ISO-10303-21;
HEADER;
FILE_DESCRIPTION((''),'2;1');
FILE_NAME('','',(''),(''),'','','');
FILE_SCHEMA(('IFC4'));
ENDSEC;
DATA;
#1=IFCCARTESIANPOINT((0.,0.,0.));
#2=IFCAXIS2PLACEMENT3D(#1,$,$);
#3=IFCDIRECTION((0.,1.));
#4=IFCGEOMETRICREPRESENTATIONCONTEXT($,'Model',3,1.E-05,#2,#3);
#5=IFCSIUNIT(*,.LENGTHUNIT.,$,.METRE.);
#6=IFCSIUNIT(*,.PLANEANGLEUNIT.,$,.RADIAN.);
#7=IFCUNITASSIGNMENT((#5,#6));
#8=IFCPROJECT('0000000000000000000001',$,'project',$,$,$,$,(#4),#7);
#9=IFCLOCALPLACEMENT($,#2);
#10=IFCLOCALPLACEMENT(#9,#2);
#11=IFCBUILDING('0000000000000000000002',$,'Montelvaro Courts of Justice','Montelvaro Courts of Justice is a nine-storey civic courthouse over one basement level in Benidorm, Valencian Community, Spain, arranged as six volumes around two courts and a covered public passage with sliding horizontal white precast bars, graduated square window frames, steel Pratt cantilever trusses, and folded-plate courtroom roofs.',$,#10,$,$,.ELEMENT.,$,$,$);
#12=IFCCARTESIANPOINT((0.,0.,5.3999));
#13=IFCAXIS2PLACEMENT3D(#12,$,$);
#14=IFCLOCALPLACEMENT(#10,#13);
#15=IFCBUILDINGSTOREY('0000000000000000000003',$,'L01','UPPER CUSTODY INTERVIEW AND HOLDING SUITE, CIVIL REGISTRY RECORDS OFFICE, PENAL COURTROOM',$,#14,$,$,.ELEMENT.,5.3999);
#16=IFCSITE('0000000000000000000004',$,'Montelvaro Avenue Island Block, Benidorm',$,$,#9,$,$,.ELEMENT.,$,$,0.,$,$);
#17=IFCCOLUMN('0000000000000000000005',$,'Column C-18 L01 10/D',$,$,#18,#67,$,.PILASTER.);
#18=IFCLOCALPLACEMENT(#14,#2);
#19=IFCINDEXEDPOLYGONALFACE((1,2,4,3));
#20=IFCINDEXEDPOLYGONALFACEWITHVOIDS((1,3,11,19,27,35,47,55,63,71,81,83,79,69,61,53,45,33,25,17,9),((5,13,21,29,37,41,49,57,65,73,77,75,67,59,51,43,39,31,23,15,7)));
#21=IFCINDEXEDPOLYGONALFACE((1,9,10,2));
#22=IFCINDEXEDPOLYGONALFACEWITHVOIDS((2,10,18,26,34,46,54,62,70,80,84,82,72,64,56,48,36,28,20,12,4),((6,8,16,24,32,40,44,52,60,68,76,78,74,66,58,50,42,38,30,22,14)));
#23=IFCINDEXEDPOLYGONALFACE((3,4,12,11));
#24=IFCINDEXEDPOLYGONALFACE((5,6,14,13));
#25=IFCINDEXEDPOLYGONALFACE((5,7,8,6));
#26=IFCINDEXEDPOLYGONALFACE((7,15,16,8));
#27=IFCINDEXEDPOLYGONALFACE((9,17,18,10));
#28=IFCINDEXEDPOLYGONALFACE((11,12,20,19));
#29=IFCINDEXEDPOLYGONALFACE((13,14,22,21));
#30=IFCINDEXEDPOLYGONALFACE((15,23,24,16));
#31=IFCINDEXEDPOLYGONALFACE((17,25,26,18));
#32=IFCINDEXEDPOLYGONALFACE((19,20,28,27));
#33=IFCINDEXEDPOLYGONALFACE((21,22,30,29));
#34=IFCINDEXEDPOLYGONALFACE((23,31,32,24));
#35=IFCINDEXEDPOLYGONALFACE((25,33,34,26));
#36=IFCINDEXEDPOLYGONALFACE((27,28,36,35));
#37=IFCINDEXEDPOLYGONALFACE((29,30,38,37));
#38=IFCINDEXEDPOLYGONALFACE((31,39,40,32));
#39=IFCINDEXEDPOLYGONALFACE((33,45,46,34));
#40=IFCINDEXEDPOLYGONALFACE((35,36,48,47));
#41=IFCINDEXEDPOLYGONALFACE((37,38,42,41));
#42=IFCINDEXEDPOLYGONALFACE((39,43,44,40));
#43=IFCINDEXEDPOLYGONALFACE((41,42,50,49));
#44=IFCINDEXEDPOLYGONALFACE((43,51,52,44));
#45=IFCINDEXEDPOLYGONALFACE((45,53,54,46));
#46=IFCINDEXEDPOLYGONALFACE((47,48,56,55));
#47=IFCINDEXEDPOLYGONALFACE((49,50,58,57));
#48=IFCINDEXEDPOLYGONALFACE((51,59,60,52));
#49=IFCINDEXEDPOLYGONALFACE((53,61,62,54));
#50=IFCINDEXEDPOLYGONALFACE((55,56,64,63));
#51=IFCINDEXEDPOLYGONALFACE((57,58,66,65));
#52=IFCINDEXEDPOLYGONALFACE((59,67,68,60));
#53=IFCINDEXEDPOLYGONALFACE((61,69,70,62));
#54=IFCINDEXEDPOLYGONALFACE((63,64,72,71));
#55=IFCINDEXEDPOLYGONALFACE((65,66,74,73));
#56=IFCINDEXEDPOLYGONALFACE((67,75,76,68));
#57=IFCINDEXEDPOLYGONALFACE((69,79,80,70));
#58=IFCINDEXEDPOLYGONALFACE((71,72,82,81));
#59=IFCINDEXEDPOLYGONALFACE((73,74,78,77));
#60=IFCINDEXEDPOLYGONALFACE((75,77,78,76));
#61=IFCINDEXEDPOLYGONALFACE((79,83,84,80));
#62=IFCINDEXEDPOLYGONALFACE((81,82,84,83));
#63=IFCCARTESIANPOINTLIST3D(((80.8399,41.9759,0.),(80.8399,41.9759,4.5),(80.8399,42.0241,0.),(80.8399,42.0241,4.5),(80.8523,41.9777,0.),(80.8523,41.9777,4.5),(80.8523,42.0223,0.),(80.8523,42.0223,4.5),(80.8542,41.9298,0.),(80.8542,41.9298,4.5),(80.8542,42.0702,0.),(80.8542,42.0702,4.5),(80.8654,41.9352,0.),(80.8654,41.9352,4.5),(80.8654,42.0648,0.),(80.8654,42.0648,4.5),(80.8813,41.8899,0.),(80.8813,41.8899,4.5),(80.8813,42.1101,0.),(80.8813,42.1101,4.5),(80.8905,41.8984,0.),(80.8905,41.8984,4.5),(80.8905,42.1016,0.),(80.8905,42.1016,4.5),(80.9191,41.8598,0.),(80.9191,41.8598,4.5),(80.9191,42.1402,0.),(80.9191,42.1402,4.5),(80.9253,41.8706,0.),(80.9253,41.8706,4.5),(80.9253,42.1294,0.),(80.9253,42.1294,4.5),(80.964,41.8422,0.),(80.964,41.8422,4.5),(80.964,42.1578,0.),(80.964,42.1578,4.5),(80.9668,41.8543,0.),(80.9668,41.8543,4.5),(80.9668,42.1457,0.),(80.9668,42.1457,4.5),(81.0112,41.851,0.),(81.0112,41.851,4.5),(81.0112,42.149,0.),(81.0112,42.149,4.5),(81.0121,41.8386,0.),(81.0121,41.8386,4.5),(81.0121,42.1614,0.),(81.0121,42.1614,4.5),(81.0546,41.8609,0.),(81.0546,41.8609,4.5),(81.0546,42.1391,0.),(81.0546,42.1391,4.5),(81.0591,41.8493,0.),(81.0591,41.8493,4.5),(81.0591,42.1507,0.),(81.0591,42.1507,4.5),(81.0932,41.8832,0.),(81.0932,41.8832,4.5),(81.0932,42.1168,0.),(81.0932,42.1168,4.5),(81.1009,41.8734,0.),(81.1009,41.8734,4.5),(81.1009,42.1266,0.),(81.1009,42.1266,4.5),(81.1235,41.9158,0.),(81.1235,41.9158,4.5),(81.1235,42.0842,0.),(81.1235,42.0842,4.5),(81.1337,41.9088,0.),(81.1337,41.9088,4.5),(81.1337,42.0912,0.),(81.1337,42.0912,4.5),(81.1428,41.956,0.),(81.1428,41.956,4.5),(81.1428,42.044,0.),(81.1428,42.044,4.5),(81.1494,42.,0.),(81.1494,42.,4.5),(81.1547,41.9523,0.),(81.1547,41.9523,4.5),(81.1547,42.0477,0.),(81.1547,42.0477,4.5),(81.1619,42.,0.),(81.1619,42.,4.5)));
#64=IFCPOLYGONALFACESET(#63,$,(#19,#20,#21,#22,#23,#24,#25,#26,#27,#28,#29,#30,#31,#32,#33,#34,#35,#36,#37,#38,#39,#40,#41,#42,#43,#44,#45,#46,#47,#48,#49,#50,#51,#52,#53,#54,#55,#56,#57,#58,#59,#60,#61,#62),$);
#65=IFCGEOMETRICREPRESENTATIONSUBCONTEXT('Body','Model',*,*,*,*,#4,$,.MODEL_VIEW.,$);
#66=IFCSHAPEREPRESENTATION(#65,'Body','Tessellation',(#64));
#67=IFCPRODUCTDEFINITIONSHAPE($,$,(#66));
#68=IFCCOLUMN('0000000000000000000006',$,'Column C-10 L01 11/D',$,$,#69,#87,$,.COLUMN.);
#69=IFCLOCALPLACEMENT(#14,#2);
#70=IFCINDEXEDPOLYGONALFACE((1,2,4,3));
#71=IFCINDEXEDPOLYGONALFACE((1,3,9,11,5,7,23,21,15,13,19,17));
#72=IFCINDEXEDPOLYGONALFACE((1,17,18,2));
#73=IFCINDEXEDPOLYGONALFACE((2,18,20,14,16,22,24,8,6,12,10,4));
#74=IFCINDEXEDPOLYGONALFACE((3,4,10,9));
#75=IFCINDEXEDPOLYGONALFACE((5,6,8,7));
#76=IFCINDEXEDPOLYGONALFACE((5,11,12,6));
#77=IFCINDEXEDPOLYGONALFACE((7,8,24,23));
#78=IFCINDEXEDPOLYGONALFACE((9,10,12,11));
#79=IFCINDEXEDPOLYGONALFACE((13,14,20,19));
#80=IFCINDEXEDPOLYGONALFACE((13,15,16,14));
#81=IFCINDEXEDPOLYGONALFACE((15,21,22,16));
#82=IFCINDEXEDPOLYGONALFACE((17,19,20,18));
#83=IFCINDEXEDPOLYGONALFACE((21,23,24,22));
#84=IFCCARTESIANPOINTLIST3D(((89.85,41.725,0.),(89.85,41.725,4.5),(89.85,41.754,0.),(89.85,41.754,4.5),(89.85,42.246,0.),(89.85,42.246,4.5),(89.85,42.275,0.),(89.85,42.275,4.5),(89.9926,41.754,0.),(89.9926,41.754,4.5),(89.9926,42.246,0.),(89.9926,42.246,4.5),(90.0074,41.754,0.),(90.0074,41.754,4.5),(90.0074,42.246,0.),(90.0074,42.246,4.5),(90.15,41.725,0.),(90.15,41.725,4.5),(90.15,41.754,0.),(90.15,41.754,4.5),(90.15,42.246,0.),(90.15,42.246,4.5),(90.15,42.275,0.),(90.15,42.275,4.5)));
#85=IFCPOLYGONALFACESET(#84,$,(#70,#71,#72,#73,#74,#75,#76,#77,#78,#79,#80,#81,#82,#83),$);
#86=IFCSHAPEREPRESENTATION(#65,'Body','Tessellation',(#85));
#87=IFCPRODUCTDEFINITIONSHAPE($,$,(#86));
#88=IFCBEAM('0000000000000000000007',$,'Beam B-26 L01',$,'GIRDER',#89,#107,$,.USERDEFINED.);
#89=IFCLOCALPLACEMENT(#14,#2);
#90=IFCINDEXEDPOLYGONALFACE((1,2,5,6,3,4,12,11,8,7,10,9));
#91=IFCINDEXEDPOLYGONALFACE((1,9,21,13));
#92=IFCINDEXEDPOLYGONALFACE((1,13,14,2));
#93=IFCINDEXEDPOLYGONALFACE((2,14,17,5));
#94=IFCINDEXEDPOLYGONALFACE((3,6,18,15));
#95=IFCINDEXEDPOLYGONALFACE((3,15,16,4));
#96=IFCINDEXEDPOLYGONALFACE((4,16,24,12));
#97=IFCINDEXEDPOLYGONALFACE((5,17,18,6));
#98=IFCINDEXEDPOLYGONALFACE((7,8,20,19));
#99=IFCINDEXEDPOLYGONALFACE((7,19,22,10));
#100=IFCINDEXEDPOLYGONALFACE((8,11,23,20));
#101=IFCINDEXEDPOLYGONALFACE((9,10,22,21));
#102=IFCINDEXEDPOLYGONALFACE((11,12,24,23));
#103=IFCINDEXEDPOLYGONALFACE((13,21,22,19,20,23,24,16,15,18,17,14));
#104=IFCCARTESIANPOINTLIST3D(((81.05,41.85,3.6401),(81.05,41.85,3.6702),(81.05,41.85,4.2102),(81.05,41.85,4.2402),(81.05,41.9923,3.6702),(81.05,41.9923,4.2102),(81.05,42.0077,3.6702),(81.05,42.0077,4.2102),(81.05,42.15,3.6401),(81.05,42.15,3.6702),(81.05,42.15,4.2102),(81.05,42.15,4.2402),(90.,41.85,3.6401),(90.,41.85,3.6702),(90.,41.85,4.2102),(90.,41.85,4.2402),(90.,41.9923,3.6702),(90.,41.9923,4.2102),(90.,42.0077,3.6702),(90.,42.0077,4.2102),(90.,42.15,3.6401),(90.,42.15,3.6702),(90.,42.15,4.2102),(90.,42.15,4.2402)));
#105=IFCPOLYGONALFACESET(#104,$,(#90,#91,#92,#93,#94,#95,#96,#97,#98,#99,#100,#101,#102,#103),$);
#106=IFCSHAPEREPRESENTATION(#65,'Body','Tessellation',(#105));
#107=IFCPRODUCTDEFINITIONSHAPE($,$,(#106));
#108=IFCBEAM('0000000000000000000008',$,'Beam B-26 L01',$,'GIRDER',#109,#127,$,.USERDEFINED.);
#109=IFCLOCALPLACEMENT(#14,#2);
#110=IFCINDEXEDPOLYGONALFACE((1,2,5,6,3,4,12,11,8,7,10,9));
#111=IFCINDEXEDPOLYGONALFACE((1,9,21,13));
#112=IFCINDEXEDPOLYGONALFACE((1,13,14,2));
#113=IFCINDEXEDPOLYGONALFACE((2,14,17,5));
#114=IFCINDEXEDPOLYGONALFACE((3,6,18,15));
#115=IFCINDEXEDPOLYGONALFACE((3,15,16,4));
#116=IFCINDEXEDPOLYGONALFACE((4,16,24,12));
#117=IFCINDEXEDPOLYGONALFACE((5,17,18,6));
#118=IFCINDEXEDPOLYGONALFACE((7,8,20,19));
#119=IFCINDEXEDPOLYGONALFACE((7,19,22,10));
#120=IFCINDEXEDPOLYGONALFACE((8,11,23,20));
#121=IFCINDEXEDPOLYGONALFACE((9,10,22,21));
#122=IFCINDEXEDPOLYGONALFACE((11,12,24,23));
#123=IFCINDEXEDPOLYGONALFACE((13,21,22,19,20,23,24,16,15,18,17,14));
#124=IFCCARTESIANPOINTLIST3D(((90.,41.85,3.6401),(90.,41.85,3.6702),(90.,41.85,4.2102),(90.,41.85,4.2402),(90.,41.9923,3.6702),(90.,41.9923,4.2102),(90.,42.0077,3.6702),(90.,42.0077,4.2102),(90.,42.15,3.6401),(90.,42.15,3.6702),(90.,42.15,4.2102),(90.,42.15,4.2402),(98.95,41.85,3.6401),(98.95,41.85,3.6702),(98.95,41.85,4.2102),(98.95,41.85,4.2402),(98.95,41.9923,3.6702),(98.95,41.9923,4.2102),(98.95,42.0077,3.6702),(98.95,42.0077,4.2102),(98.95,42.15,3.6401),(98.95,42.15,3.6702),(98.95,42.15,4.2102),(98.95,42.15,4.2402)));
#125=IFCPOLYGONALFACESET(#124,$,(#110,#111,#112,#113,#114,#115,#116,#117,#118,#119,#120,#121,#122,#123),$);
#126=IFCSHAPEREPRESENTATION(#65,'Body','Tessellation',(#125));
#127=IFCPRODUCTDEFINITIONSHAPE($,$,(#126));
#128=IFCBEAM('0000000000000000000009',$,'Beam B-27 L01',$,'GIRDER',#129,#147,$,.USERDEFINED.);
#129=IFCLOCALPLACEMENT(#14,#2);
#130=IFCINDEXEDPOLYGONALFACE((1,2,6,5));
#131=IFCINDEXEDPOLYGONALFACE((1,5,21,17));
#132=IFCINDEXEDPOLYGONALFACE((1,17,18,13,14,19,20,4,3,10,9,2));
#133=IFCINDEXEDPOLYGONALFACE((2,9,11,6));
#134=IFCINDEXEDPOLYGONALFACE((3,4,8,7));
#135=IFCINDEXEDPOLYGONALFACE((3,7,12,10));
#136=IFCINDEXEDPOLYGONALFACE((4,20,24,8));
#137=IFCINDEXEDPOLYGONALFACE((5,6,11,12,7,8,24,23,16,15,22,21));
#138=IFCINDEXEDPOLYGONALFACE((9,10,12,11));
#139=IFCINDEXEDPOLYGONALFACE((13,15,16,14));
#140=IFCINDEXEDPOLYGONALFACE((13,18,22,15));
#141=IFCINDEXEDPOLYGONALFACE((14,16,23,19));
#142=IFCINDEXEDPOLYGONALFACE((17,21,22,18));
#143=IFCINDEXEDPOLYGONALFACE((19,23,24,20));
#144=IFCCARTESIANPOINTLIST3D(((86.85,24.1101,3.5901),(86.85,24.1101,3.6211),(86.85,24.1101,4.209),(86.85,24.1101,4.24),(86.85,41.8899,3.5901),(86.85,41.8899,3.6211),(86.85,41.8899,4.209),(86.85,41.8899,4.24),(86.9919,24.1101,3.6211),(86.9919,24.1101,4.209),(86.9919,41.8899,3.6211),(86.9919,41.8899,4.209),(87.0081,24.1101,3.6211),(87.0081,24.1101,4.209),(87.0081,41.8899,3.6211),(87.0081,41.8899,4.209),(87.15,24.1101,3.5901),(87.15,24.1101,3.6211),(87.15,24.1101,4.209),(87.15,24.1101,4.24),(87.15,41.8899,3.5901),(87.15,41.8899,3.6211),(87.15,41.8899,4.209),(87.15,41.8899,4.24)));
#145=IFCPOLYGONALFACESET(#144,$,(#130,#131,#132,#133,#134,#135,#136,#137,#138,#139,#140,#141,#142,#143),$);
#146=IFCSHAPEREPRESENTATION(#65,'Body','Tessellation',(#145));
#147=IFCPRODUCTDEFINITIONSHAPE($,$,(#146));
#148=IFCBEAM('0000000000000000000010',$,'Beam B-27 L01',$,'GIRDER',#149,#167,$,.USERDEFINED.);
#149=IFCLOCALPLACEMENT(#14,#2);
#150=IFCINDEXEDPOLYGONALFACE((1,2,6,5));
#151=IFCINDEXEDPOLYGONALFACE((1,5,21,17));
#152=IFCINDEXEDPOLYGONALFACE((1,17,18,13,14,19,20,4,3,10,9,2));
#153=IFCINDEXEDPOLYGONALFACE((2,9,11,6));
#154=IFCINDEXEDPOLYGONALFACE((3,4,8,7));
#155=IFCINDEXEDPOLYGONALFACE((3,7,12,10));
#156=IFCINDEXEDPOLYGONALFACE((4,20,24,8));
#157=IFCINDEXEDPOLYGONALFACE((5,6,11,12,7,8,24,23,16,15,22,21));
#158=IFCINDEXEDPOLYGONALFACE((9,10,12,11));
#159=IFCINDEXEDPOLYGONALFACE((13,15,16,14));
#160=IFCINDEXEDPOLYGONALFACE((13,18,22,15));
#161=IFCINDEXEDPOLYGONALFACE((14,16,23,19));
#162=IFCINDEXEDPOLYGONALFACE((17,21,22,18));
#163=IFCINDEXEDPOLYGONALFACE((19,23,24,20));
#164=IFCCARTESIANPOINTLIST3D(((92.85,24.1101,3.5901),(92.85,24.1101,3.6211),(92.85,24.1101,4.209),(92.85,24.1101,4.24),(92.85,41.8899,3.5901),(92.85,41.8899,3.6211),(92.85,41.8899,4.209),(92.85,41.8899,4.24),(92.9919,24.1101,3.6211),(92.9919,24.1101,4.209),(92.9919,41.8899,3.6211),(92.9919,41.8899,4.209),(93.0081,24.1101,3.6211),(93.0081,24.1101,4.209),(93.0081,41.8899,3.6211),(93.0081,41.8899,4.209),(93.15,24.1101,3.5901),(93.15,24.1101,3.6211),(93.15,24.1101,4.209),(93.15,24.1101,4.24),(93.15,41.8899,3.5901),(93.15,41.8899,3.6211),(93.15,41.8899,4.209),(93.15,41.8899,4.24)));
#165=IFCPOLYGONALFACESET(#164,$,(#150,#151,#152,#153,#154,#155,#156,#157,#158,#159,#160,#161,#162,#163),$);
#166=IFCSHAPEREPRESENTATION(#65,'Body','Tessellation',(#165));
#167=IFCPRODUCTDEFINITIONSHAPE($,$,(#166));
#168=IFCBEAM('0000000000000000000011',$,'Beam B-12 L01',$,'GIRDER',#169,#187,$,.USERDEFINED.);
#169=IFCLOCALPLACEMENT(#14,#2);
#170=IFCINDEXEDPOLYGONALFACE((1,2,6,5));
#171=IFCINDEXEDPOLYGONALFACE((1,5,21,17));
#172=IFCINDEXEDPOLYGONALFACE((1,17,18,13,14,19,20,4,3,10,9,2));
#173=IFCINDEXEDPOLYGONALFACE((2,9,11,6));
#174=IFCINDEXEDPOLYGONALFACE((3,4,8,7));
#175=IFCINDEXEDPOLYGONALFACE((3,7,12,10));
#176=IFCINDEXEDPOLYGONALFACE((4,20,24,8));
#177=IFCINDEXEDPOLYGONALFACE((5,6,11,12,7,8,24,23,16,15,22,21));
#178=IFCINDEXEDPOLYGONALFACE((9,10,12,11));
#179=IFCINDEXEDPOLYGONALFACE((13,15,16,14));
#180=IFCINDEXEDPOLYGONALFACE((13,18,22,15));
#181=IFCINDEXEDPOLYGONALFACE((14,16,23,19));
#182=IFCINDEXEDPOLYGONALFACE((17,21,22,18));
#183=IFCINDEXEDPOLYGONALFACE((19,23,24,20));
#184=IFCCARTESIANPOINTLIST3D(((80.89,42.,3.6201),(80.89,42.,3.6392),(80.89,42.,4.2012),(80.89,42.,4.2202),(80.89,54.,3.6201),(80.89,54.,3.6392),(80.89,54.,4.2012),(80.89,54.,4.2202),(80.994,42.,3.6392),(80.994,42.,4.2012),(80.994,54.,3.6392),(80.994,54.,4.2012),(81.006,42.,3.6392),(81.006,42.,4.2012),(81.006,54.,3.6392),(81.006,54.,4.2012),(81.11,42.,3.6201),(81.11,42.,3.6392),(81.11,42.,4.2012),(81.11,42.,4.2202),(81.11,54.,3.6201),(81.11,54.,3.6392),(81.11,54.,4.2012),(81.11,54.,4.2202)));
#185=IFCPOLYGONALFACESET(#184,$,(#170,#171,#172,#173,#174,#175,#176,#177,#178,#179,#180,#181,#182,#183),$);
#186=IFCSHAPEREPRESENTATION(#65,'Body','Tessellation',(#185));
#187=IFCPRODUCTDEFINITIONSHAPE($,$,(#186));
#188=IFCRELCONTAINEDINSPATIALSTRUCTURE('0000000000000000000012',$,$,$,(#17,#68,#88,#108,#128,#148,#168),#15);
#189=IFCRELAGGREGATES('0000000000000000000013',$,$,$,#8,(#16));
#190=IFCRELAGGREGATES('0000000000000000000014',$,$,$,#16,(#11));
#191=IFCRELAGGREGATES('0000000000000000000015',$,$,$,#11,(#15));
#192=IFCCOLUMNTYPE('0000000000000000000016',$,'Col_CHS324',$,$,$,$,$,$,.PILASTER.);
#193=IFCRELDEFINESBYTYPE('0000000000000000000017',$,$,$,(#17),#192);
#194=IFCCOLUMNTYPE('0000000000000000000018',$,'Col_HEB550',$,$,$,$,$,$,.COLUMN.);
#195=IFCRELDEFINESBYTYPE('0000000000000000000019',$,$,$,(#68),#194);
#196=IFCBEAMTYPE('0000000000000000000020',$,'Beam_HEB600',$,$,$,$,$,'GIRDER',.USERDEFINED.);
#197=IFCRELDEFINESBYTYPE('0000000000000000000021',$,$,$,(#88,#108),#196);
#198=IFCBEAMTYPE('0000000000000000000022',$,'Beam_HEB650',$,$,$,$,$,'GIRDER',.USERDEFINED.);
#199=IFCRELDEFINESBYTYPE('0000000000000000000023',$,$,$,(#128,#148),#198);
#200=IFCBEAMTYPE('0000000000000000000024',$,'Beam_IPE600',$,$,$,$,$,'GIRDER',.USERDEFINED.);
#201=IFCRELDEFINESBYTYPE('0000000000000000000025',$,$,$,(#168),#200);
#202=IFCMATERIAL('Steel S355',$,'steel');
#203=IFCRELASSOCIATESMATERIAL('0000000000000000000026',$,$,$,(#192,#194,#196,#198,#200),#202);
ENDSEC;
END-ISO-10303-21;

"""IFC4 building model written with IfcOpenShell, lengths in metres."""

from ifc_helpers import new_model, si_unit, direction, frame, origin, origin_2d, place, context, subcontext, project, spatial, hollow_circle, i_section, extrude, material, material_profile, profile_set, type_object, element, save


model = new_model("IFC4")

# Units and contexts
model_context = context("Model", 3, precision=1e-05, world=origin(), true_north=direction((0.0, 1.0)))
body_context = subcontext(model_context, "Body", "Model", "MODEL_VIEW")
ifc_project = project(units=[si_unit("LENGTHUNIT", "METRE"), si_unit("PLANEANGLEUNIT", "RADIAN")], contexts=[model_context])

# Site, building, storey
site_placement = place(None, origin())
site = spatial("IfcSite", under=ifc_project, at=site_placement, Name="Montelvaro Avenue Island Block, Benidorm", CompositionType="ELEMENT", RefElevation=0.0)
building_placement = place(site_placement, origin())
building = spatial("IfcBuilding", under=site, at=building_placement, Name="Montelvaro Courts of Justice", Description="Montelvaro Courts of Justice is a nine-storey civic courthouse over one basement level in Benidorm, Valencian Community, Spain, arranged as six volumes around two courts and a covered public passage with sliding horizontal white precast bars, graduated square window frames, steel Pratt cantilever trusses, and folded-plate courtroom roofs.", CompositionType="ELEMENT")
storey_placement = place(building_placement, frame((0.0, 0.0, 5.3999)))
storey = spatial("IfcBuildingStorey", under=building, at=storey_placement, Name="L01", Description="UPPER CUSTODY INTERVIEW AND HOLDING SUITE, CIVIL REGISTRY RECORDS OFFICE, PENAL COURTROOM", CompositionType="ELEMENT", Elevation=5.3999)

# Columns
ifc_material_1 = material(Name="Steel S355", Category="steel")
ifc_material_profile_1 = material_profile(ifc_material_1, hollow_circle(Radius=0.1619, WallThickness=0.0125, at=origin_2d()), Name="CHS 323.9x12.5")
ifc_profile_set_1 = profile_set([ifc_material_profile_1], Name="Steel S355")
column_type_1 = type_object("IfcColumnType", Name="Col_CHS324", PredefinedType="PILASTER", material=ifc_profile_set_1)
column_1_placement = place(storey_placement, frame((81.0, 42.0, 0.0), z_axis=(0.0, 0.0, 1.0), x_axis=(1.0, 0.0, 0.0)))
element("IfcColumn", 1, at=column_1_placement, inside=storey, type_object=column_type_1, Name="Column C-18 L01 10/D", PredefinedType="PILASTER", context=body_context, shape_type="SweptSolid", body=[
    extrude(hollow_circle(Radius=0.1619, WallThickness=0.0125, at=origin_2d()), origin(), (0.0, 0.0, 1.0), 4.5),
])
ifc_material_profile_2 = material_profile(ifc_material_1, i_section(OverallWidth=0.3, OverallDepth=0.55, WebThickness=0.0149, FlangeThickness=0.0291, at=origin_2d()), Name="HEB 550")
ifc_profile_set_2 = profile_set([ifc_material_profile_2], Name="Steel S355")
column_type_2 = type_object("IfcColumnType", Name="Col_HEB550", PredefinedType="COLUMN", material=ifc_profile_set_2)
column_2_placement = place(storey_placement, frame((90.0, 42.0, 0.0), z_axis=(0.0, 0.0, 1.0), x_axis=(1.0, 0.0, 0.0)))
element("IfcColumn", 2, at=column_2_placement, inside=storey, type_object=column_type_2, Name="Column C-10 L01 11/D", PredefinedType="COLUMN", context=body_context, shape_type="SweptSolid", body=[
    extrude(i_section(OverallWidth=0.3, OverallDepth=0.55, WebThickness=0.0149, FlangeThickness=0.0291, at=origin_2d()), origin(), (0.0, 0.0, 1.0), 4.5),
])

# Beams
ifc_material_profile_3 = material_profile(ifc_material_1, i_section(OverallWidth=0.3, OverallDepth=0.6001, WebThickness=0.0154, FlangeThickness=0.03, at=origin_2d()), Name="HEB 600")
ifc_profile_set_3 = profile_set([ifc_material_profile_3], Name="Steel S355")
beam_type_1 = type_object("IfcBeamType", Name="Beam_HEB600", ElementType="GIRDER", PredefinedType="USERDEFINED", material=ifc_profile_set_3)
for number, where, z_axis, x_axis, name in (
    (3, (81.05, 42.0, 3.9402), (1.0, 0.0, 0.0), (0.0, 1.0, 0.0), "Beam B-26 L01"),
    (4, (90.0, 42.0, 3.9402), (1.0, 0.0, 0.0), (0.0, 1.0, 0.0), "Beam B-26 L01"),
):
    element("IfcBeam", number, at=place(storey_placement, frame(where, z_axis=z_axis, x_axis=x_axis)), inside=storey, type_object=beam_type_1, Name=name, ObjectType="GIRDER", PredefinedType="USERDEFINED", context=body_context, shape_type="SweptSolid", body=[
        extrude(i_section(OverallWidth=0.3, OverallDepth=0.6001, WebThickness=0.0154, FlangeThickness=0.03, at=origin_2d()), origin(), (0.0, 0.0, 1.0), 8.95),
    ])
ifc_material_profile_4 = material_profile(ifc_material_1, i_section(OverallWidth=0.3, OverallDepth=0.6499, WebThickness=0.0161, FlangeThickness=0.031, at=origin_2d()), Name="HEB 650")
ifc_profile_set_4 = profile_set([ifc_material_profile_4], Name="Steel S355")
beam_type_2 = type_object("IfcBeamType", Name="Beam_HEB650", ElementType="GIRDER", PredefinedType="USERDEFINED", material=ifc_profile_set_4)
for number, where, z_axis, x_axis, name in (
    (5, (87.0, 24.1101, 3.915), (0.0, 1.0, 0.0), (-1.0, 0.0, 0.0), "Beam B-27 L01"),
    (6, (93.0, 24.1101, 3.915), (0.0, 1.0, 0.0), (-1.0, 0.0, 0.0), "Beam B-27 L01"),
):
    element("IfcBeam", number, at=place(storey_placement, frame(where, z_axis=z_axis, x_axis=x_axis)), inside=storey, type_object=beam_type_2, Name=name, ObjectType="GIRDER", PredefinedType="USERDEFINED", context=body_context, shape_type="SweptSolid", body=[
        extrude(i_section(OverallWidth=0.3, OverallDepth=0.6499, WebThickness=0.0161, FlangeThickness=0.031, at=origin_2d()), origin(), (0.0, 0.0, 1.0), 17.7798),
    ])
ifc_material_profile_5 = material_profile(ifc_material_1, i_section(OverallWidth=0.22, OverallDepth=0.6001, WebThickness=0.012, FlangeThickness=0.019, at=origin_2d()), Name="IPE 600")
ifc_profile_set_5 = profile_set([ifc_material_profile_5], Name="Steel S355")
beam_type_3 = type_object("IfcBeamType", Name="Beam_IPE600", ElementType="GIRDER", PredefinedType="USERDEFINED", material=ifc_profile_set_5)
beam_placement = place(storey_placement, frame((81.0, 42.0, 3.9202), z_axis=(0.0, 1.0, 0.0), x_axis=(-1.0, 0.0, 0.0)))
element("IfcBeam", 7, at=beam_placement, inside=storey, type_object=beam_type_3, Name="Beam B-12 L01", ObjectType="GIRDER", PredefinedType="USERDEFINED", context=body_context, shape_type="SweptSolid", body=[
    extrude(i_section(OverallWidth=0.22, OverallDepth=0.6001, WebThickness=0.012, FlangeThickness=0.019, at=origin_2d()), origin(), (0.0, 0.0, 1.0), 12.0),
])

save(model, "model.ifc")
